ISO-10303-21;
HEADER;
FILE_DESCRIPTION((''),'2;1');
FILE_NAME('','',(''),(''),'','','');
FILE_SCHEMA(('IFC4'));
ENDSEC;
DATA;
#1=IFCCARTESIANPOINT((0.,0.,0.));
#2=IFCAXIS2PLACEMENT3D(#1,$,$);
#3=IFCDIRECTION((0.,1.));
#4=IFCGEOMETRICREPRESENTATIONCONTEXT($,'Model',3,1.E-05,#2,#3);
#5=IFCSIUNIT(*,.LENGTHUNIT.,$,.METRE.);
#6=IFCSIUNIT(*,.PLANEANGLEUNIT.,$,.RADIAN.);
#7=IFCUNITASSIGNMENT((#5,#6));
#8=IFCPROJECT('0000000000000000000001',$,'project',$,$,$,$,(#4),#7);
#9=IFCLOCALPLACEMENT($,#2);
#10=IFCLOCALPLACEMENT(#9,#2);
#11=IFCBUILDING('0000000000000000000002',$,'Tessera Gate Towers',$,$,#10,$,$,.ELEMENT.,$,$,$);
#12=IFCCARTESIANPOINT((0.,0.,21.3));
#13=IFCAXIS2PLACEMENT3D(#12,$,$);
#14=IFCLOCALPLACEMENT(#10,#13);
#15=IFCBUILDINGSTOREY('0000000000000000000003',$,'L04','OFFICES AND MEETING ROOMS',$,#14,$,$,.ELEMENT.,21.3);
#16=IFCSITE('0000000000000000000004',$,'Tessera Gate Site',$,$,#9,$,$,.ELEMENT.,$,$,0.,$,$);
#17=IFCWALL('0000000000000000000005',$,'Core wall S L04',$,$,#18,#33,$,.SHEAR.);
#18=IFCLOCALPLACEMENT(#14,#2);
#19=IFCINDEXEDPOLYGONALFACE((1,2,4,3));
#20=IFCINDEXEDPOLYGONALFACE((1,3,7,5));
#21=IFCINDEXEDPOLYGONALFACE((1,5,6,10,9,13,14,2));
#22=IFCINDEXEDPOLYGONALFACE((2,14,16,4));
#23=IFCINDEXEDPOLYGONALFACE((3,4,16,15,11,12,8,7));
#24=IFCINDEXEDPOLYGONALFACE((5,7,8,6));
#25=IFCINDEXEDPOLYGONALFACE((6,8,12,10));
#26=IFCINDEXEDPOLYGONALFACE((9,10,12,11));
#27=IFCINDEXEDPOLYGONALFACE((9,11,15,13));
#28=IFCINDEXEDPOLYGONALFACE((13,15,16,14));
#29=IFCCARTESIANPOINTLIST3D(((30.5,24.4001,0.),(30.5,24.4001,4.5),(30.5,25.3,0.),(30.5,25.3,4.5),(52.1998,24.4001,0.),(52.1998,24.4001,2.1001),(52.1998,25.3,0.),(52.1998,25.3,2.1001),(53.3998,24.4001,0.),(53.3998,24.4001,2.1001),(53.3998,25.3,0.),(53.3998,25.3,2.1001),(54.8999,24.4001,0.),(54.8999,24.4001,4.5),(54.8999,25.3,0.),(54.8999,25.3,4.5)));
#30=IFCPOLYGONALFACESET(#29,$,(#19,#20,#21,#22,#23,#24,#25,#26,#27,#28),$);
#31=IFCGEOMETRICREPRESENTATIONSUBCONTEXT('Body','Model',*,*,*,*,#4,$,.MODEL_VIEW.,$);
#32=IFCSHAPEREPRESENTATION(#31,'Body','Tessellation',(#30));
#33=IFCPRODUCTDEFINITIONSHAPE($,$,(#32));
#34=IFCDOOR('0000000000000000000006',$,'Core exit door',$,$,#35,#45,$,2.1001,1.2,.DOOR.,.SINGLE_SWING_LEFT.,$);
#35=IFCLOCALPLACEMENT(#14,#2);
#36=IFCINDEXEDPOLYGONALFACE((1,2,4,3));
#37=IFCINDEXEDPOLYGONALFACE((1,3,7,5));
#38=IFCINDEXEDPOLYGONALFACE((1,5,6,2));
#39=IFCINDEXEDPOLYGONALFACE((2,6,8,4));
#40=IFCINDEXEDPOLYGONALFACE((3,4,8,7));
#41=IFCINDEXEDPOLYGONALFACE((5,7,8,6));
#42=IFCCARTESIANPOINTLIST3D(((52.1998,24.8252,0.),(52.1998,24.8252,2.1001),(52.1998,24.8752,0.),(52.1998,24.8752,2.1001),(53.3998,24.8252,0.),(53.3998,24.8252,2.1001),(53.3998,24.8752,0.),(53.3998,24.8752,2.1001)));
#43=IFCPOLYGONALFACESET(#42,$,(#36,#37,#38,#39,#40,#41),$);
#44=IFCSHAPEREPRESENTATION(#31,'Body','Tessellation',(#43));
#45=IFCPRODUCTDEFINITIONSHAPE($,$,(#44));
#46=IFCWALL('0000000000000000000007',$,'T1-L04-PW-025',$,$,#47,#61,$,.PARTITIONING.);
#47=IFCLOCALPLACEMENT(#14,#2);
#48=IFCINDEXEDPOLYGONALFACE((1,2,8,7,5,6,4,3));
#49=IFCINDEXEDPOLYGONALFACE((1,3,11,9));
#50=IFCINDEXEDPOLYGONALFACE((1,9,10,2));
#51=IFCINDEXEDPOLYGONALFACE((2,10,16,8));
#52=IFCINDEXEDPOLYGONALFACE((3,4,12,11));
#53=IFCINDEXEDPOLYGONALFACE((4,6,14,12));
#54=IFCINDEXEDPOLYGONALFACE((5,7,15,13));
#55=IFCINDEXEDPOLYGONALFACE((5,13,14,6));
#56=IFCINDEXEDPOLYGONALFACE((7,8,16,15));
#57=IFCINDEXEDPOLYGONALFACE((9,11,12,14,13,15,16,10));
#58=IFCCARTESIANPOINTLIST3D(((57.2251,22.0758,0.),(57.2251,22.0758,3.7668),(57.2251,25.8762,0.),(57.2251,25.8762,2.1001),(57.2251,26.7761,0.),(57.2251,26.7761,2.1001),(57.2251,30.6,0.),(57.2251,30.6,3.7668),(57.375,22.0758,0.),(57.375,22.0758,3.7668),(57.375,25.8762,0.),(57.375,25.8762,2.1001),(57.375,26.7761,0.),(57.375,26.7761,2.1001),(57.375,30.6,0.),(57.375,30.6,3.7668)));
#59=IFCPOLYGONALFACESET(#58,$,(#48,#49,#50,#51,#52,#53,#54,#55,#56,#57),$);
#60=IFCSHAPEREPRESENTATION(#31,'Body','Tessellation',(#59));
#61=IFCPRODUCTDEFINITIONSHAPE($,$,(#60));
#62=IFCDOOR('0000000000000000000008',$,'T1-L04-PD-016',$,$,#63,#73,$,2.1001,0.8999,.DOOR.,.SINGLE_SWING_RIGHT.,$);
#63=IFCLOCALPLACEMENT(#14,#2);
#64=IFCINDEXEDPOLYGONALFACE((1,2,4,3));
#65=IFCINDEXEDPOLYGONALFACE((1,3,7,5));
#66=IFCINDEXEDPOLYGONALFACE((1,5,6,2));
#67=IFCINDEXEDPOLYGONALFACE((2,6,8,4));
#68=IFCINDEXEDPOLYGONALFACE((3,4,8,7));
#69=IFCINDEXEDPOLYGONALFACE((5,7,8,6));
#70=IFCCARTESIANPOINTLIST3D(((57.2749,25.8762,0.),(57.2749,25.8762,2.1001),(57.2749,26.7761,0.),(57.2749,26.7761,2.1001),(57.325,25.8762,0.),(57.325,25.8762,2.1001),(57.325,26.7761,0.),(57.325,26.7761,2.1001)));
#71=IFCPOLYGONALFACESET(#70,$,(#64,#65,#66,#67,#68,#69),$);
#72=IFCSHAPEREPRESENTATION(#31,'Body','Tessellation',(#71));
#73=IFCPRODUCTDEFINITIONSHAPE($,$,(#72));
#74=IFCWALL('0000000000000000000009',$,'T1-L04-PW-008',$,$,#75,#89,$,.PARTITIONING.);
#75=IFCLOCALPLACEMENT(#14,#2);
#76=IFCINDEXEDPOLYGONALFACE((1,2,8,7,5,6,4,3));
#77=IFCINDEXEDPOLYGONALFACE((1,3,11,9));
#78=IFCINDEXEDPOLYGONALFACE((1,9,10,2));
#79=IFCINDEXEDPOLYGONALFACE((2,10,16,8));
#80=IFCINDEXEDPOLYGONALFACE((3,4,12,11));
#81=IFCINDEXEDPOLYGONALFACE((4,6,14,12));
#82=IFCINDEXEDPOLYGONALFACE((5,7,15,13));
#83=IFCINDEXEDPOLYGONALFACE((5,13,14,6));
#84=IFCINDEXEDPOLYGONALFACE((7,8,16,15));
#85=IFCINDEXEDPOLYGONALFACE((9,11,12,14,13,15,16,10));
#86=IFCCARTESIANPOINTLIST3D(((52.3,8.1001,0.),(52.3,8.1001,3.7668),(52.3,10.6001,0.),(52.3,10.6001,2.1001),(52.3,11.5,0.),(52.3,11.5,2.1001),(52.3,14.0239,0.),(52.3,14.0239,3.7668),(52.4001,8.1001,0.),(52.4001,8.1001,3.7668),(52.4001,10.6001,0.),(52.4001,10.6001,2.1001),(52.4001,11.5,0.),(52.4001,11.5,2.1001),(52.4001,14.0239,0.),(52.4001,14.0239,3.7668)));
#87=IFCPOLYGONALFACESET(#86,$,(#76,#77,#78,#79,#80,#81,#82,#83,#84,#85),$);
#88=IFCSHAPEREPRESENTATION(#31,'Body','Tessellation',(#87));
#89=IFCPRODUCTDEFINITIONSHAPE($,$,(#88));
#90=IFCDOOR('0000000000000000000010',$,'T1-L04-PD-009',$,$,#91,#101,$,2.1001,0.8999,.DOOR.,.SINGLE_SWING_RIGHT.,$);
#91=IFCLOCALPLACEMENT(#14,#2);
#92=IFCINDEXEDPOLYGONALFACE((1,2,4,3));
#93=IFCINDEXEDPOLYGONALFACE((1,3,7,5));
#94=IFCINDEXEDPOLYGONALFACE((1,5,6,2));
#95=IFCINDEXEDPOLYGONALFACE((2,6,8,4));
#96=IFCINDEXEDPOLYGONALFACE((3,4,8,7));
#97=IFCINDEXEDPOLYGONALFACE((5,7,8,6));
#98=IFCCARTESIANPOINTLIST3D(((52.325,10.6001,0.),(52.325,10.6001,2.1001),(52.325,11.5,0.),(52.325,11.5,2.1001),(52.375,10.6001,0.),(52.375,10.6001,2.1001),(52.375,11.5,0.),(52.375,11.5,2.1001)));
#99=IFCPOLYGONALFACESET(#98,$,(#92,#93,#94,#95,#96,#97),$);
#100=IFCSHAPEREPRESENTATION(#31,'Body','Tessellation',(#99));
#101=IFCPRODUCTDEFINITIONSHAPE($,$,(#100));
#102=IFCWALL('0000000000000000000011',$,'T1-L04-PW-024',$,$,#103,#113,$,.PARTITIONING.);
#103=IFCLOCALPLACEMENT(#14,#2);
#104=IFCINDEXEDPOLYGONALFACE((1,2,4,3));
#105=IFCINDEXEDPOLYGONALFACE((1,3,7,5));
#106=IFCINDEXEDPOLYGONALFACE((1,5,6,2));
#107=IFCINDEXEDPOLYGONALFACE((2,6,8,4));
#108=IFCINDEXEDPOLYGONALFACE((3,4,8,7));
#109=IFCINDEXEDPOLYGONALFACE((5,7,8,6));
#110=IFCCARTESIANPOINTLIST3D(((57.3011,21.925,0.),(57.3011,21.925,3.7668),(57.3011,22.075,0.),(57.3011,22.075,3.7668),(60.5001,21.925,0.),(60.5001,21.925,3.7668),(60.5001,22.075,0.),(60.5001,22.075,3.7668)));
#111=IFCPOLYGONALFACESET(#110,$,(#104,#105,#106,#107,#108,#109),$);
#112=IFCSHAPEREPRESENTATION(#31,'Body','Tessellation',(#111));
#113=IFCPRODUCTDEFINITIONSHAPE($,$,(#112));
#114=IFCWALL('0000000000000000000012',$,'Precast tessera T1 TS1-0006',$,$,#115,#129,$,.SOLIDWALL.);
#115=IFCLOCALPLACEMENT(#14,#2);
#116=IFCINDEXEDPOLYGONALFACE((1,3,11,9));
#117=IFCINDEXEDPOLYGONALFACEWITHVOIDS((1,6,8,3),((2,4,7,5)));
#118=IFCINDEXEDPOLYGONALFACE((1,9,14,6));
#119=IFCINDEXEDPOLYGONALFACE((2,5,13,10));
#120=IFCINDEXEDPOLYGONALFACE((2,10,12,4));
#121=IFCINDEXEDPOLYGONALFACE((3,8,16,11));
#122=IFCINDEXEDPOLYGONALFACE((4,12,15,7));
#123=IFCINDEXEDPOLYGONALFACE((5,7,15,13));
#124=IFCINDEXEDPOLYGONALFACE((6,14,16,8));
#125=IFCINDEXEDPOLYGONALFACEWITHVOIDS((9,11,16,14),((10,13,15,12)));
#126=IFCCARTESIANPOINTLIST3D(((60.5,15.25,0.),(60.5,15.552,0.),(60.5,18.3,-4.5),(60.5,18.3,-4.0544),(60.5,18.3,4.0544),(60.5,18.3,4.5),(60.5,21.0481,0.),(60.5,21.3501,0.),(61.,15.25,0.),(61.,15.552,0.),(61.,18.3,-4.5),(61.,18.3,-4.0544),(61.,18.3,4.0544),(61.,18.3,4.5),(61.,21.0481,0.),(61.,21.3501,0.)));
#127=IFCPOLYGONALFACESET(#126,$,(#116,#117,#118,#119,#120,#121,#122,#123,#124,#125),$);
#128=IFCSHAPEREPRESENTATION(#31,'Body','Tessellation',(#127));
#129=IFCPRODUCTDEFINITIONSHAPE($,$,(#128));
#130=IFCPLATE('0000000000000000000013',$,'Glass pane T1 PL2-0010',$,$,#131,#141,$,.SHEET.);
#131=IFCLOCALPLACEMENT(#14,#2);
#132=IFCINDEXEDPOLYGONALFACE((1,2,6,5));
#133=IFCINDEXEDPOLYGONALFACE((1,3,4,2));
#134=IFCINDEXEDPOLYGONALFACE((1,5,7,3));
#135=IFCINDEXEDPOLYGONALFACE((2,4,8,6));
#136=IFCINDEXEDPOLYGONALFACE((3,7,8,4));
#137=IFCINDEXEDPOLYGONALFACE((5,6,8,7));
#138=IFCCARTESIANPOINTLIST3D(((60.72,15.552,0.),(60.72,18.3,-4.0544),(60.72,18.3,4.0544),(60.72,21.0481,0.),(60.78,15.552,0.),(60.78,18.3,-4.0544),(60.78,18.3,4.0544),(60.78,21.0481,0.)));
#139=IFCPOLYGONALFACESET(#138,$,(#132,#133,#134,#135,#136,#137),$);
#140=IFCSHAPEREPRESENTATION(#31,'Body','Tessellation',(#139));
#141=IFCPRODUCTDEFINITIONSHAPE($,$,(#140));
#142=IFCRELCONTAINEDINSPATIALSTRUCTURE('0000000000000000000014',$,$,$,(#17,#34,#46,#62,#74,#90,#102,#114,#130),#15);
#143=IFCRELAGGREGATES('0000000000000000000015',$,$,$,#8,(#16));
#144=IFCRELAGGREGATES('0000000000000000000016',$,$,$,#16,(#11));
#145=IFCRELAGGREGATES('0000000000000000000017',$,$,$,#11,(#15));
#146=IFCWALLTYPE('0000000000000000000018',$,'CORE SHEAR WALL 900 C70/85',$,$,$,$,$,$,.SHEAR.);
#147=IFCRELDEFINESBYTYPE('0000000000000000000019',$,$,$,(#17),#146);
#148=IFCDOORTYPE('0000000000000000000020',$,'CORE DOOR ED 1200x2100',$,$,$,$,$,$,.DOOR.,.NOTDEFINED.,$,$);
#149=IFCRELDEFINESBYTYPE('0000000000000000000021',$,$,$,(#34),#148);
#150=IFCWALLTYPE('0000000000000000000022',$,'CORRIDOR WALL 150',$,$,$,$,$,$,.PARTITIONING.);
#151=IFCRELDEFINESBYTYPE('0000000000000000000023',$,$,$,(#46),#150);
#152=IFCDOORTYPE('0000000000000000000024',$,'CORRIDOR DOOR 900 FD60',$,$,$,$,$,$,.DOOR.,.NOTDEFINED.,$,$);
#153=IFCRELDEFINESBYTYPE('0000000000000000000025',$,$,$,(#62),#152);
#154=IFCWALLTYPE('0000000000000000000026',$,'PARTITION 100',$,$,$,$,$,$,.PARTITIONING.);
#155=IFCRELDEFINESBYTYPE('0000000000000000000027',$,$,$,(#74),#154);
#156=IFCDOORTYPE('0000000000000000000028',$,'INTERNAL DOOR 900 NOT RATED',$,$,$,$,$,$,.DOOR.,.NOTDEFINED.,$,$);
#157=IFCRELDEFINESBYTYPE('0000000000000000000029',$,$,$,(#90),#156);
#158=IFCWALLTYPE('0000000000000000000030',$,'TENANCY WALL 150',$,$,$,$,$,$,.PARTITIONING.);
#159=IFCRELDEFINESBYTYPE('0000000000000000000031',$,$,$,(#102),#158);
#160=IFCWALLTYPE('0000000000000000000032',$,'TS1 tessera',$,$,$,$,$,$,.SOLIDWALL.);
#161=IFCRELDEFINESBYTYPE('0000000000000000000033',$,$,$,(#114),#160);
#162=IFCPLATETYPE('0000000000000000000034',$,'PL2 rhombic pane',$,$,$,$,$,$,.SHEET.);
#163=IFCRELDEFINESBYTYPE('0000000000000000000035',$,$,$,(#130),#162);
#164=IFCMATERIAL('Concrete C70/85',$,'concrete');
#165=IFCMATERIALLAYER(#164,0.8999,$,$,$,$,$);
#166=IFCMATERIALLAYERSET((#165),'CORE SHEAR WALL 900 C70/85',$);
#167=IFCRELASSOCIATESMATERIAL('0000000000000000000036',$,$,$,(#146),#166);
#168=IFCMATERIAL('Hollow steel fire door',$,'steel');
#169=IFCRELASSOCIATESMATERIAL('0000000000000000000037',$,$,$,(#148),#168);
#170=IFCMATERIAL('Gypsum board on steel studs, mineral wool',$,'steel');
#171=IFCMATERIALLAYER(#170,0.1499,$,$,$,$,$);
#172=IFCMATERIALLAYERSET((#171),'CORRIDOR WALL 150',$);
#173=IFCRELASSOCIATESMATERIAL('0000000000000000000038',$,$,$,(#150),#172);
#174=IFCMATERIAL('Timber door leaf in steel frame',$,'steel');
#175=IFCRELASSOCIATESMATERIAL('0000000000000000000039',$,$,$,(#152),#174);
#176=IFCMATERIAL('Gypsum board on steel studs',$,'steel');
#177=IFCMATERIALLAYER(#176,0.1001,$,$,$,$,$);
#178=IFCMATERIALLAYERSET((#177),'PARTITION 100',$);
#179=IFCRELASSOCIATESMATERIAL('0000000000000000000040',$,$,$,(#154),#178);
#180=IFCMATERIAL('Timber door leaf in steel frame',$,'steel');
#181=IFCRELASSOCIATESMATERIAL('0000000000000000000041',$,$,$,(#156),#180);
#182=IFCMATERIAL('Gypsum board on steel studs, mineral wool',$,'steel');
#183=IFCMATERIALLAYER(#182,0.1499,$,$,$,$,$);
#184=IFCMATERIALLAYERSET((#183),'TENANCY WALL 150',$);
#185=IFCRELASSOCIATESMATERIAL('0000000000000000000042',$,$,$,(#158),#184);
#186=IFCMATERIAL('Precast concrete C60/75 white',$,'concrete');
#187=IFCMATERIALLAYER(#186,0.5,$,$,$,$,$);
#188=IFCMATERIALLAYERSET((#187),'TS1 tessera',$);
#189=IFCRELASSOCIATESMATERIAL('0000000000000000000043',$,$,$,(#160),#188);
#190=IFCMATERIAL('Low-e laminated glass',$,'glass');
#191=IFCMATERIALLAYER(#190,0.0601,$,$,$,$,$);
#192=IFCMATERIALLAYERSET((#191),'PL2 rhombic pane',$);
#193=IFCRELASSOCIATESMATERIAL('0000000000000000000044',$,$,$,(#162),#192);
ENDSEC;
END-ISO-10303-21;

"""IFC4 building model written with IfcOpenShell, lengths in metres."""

from ifc_helpers import new_model, si_unit, direction, frame, frame_2d, origin, place, context, subcontext, project, spatial, polyline, rectangle, outline, extrude, source, transform, mapped, material, layer, layer_set, type_object, element, fill, save


model = new_model("IFC4")

# Units and contexts
model_context = context("Model", 3, precision=1e-05, world=origin(), true_north=direction((0.0, 1.0)))
body_context = subcontext(model_context, "Body", "Model", "MODEL_VIEW")
ifc_project = project(units=[si_unit("LENGTHUNIT", "METRE"), si_unit("PLANEANGLEUNIT", "RADIAN")], contexts=[model_context])

# Site, building, storey
site_placement = place(None, origin())
site = spatial("IfcSite", under=ifc_project, at=site_placement, Name="Tessera Gate Site", CompositionType="ELEMENT", RefElevation=0.0)
building_placement = place(site_placement, origin())
building = spatial("IfcBuilding", under=site, at=building_placement, Name="Tessera Gate Towers", CompositionType="ELEMENT")
storey_placement = place(building_placement, frame((0.0, 0.0, 21.3)))
storey = spatial("IfcBuildingStorey", under=building, at=storey_placement, Name="L04", Description="OFFICES AND MEETING ROOMS", CompositionType="ELEMENT", Elevation=21.3)

# Shared definitions
shared_shape_1 = source(origin(), body_context, "Body", "SweptSolid", [
    extrude(rectangle(XDim=1.2, YDim=2.1001, at=frame_2d((0.6001, 1.05))), frame((0.0, 0.0249, 0.0), z_axis=(0.0, -1.0, 0.0), x_axis=(1.0, 0.0, 0.0)), (0.0, 0.0, 1.0), 0.05),
])

# Walls, openings, doors
ifc_material_1 = material(Name="Concrete C70/85", Category="concrete")
ifc_layer_1 = layer(ifc_material_1, 0.8999)
ifc_layer_set_1 = layer_set([ifc_layer_1], Name="CORE SHEAR WALL 900 C70/85")
wall_type_1 = type_object("IfcWallType", Name="CORE SHEAR WALL 900 C70/85", PredefinedType="SHEAR", material=ifc_layer_set_1)
wall_1_placement = place(storey_placement, frame((54.8999, 24.8501, 0.0), z_axis=(0.0, 0.0, 1.0), x_axis=(-1.0, 0.0, 0.0)))
wall_1 = element("IfcWall", 1, at=wall_1_placement, inside=storey, type_object=wall_type_1, Name="Core wall S L04", PredefinedType="SHEAR", context=body_context, shape_type="SweptSolid", body=[
    extrude(rectangle(XDim=24.3999, YDim=0.8999, at=frame_2d((12.2, 0.0))), origin(), (0.0, 0.0, 1.0), 4.5),
])
shared_shape_2 = source(origin(), body_context, "Body", "SweptSolid", [
    extrude(rectangle(XDim=1.2, YDim=2.1001, at=frame_2d((0.6001, 1.05))), frame((0.0, 0.46, 0.0), z_axis=(0.0, -1.0, 0.0), x_axis=(1.0, 0.0, 0.0)), (0.0, 0.0, 1.0), 0.9199),
])
opening_1_placement = place(wall_1_placement, frame((1.5, 0.0, 0.0)))
opening_1 = element("IfcOpeningElement", 2, at=opening_1_placement, cuts=wall_1, PredefinedType="OPENING", context=body_context, shape_type="MappedRepresentation", body=[
    mapped(shared_shape_2, transform((0.0, 0.0, 0.0), scale=1.0)),
])
ifc_material_2 = material(Name="Hollow steel fire door", Category="steel")
door_type_1 = type_object("IfcDoorType", Name="CORE DOOR ED 1200x2100", OperationType="NOTDEFINED", PredefinedType="DOOR", material=ifc_material_2)
door_1_placement = place(opening_1_placement, origin())
door_1 = element("IfcDoor", 3, at=door_1_placement, inside=storey, type_object=door_type_1, Name="Core exit door", OperationType="SINGLE_SWING_LEFT", OverallHeight=2.1001, OverallWidth=1.2, PredefinedType="DOOR", context=body_context, shape_type="MappedRepresentation", body=[
    mapped(shared_shape_1, transform((0.0, 0.0, 0.0), scale=1.0)),
])
fill(opening_1, door_1)
ifc_material_3 = material(Name="Gypsum board on steel studs, mineral wool", Category="steel")
ifc_layer_2 = layer(ifc_material_3, 0.1499)
ifc_layer_set_2 = layer_set([ifc_layer_2], Name="CORRIDOR WALL 150")
wall_type_2 = type_object("IfcWallType", Name="CORRIDOR WALL 150", PredefinedType="PARTITIONING", material=ifc_layer_set_2)
wall_2_placement = place(storey_placement, frame((57.3, 30.6001, 0.0), z_axis=(0.0, 0.0, 1.0), x_axis=(0.0, -1.0, 0.0)))
wall_2 = element("IfcWall", 4, at=wall_2_placement, inside=storey, type_object=wall_type_2, Name="T1-L04-PW-025", PredefinedType="PARTITIONING", context=body_context, shape_type="SweptSolid", body=[
    extrude(rectangle(XDim=8.5242, YDim=0.1499, at=frame_2d((4.2622, 0.0))), origin(), (0.0, 0.0, 1.0), 3.7668),
])
shared_shape_3 = source(origin(), body_context, "Body", "SweptSolid", [
    extrude(rectangle(XDim=0.8999, YDim=2.1001, at=frame_2d((0.45, 1.05))), frame((0.0, 0.085, 0.0), z_axis=(0.0, -1.0, 0.0), x_axis=(1.0, 0.0, 0.0)), (0.0, 0.0, 1.0), 0.1699),
])
opening_2_placement = place(wall_2_placement, frame((3.824, 0.0, 0.0)))
opening_2 = element("IfcOpeningElement", 5, at=opening_2_placement, cuts=wall_2, PredefinedType="OPENING", context=body_context, shape_type="MappedRepresentation", body=[
    mapped(shared_shape_3, transform((0.0, 0.0, 0.0), scale=1.0)),
])
ifc_material_4 = material(Name="Timber door leaf in steel frame", Category="steel")
door_type_2 = type_object("IfcDoorType", Name="CORRIDOR DOOR 900 FD60", OperationType="NOTDEFINED", PredefinedType="DOOR", material=ifc_material_4)
shared_shape_4 = source(origin(), body_context, "Body", "SweptSolid", [
    extrude(rectangle(XDim=0.8999, YDim=2.1001, at=frame_2d((0.45, 1.05))), frame((0.0, 0.0249, 0.0), z_axis=(0.0, -1.0, 0.0), x_axis=(1.0, 0.0, 0.0)), (0.0, 0.0, 1.0), 0.05),
])
door_2_placement = place(opening_2_placement, origin())
door_2 = element("IfcDoor", 6, at=door_2_placement, inside=storey, type_object=door_type_2, Name="T1-L04-PD-016", OperationType="SINGLE_SWING_RIGHT", OverallHeight=2.1001, OverallWidth=0.8999, PredefinedType="DOOR", context=body_context, shape_type="MappedRepresentation", body=[
    mapped(shared_shape_4, transform((0.0, 0.0, 0.0), scale=1.0)),
])
fill(opening_2, door_2)
ifc_material_5 = material(Name="Gypsum board on steel studs", Category="steel")
ifc_layer_3 = layer(ifc_material_5, 0.1001)
ifc_layer_set_3 = layer_set([ifc_layer_3], Name="PARTITION 100")
wall_type_3 = type_object("IfcWallType", Name="PARTITION 100", PredefinedType="PARTITIONING", material=ifc_layer_set_3)
wall_3_placement = place(storey_placement, frame((52.3501, 14.0239, 0.0), z_axis=(0.0, 0.0, 1.0), x_axis=(0.0, -1.0, 0.0)))
wall_3 = element("IfcWall", 7, at=wall_3_placement, inside=storey, type_object=wall_type_3, Name="T1-L04-PW-008", PredefinedType="PARTITIONING", context=body_context, shape_type="SweptSolid", body=[
    extrude(rectangle(XDim=5.9238, YDim=0.1001, at=frame_2d((2.9619, 0.0))), origin(), (0.0, 0.0, 1.0), 3.7668),
])
shared_shape_5 = source(origin(), body_context, "Body", "SweptSolid", [
    extrude(rectangle(XDim=0.8999, YDim=2.1001, at=frame_2d((0.45, 1.05))), frame((0.0, 0.0601, 0.0), z_axis=(0.0, -1.0, 0.0), x_axis=(1.0, 0.0, 0.0)), (0.0, 0.0, 1.0), 0.1201),
])
opening_3_placement = place(wall_3_placement, frame((2.5239, 0.0, 0.0)))
opening_3 = element("IfcOpeningElement", 8, at=opening_3_placement, cuts=wall_3, PredefinedType="OPENING", context=body_context, shape_type="MappedRepresentation", body=[
    mapped(shared_shape_5, transform((0.0, 0.0, 0.0), scale=1.0)),
])
ifc_material_6 = material(Name="Timber door leaf in steel frame", Category="steel")
door_type_3 = type_object("IfcDoorType", Name="INTERNAL DOOR 900 NOT RATED", OperationType="NOTDEFINED", PredefinedType="DOOR", material=ifc_material_6)
door_3_placement = place(opening_3_placement, origin())
door_3 = element("IfcDoor", 9, at=door_3_placement, inside=storey, type_object=door_type_3, Name="T1-L04-PD-009", OperationType="SINGLE_SWING_RIGHT", OverallHeight=2.1001, OverallWidth=0.8999, PredefinedType="DOOR", context=body_context, shape_type="MappedRepresentation", body=[
    mapped(shared_shape_4, transform((0.0, 0.0, 0.0), scale=1.0)),
])
fill(opening_3, door_3)

# Wall
ifc_material_7 = material(Name="Gypsum board on steel studs, mineral wool", Category="steel")
ifc_layer_4 = layer(ifc_material_7, 0.1499)
ifc_layer_set_4 = layer_set([ifc_layer_4], Name="TENANCY WALL 150")
wall_type_4 = type_object("IfcWallType", Name="TENANCY WALL 150", PredefinedType="PARTITIONING", material=ifc_layer_set_4)
wall_4_placement = place(storey_placement, frame((57.301, 22.0, 0.0), z_axis=(0.0, 0.0, 1.0), x_axis=(1.0, 0.0, 0.0)))
element("IfcWall", 10, at=wall_4_placement, inside=storey, type_object=wall_type_4, Name="T1-L04-PW-024", PredefinedType="PARTITIONING", context=body_context, shape_type="SweptSolid", body=[
    extrude(rectangle(XDim=3.199, YDim=0.1499, at=frame_2d((1.5996, 0.0))), origin(), (0.0, 0.0, 1.0), 3.7668),
])

# Wall, opening, plate
ifc_material_8 = material(Name="Precast concrete C60/75 white", Category="concrete")
ifc_layer_5 = layer(ifc_material_8, 0.5)
ifc_layer_set_5 = layer_set([ifc_layer_5], Name="TS1 tessera")
wall_type_5 = type_object("IfcWallType", Name="TS1 tessera", PredefinedType="SOLIDWALL", material=ifc_layer_set_5)
shared_shape_6 = source(origin(), body_context, "Body", "SweptSolid", [
    extrude(outline(polyline([(3.05, 0.0), (6.1001, 4.5), (3.05, 9.0), (0.0, 4.5), (3.05, 0.0)])), frame((0.0, 0.25, 0.0), z_axis=(0.0, -1.0, 0.0), x_axis=(1.0, 0.0, 0.0)), (0.0, 0.0, 1.0), 0.5),
])
wall_5_placement = place(storey_placement, frame((60.75, 15.25, -4.5), z_axis=(0.0, 0.0, 1.0), x_axis=(0.0, 1.0, 0.0)))
wall_5 = element("IfcWall", 11, at=wall_5_placement, inside=storey, type_object=wall_type_5, Name="Precast tessera T1 TS1-0006", PredefinedType="SOLIDWALL", context=body_context, shape_type="MappedRepresentation", body=[
    mapped(shared_shape_6, transform((0.0, 0.0, 0.0), scale=1.0)),
])
shared_shape_7 = source(origin(), body_context, "Body", "SweptSolid", [
    extrude(outline(polyline([(3.05, 0.4456), (5.7981, 4.5), (3.05, 8.5544), (0.302, 4.5), (3.05, 0.4456)])), frame((0.0, 0.26, 0.0), z_axis=(0.0, -1.0, 0.0), x_axis=(1.0, 0.0, 0.0)), (0.0, 0.0, 1.0), 0.52),
])
opening_4_placement = place(wall_5_placement, origin())
opening_4 = element("IfcOpeningElement", 12, at=opening_4_placement, cuts=wall_5, PredefinedType="OPENING", context=body_context, shape_type="MappedRepresentation", body=[
    mapped(shared_shape_7, transform((0.0, 0.0, 0.0), scale=1.0)),
])
ifc_material_9 = material(Name="Low-e laminated glass", Category="glass")
ifc_layer_6 = layer(ifc_material_9, 0.0601)
ifc_layer_set_6 = layer_set([ifc_layer_6], Name="PL2 rhombic pane")
plate_type_1 = type_object("IfcPlateType", Name="PL2 rhombic pane", PredefinedType="SHEET", material=ifc_layer_set_6)
shared_shape_8 = source(origin(), body_context, "Body", "SweptSolid", [
    extrude(outline(polyline([(3.05, 0.4456), (5.7981, 4.5), (3.05, 8.5544), (0.302, 4.5), (3.05, 0.4456)])), frame((0.0, 0.03, 0.0), z_axis=(0.0, -1.0, 0.0), x_axis=(1.0, 0.0, 0.0)), (0.0, 0.0, 1.0), 0.0601),
])
plate_1_placement = place(opening_4_placement, origin())
plate_1 = element("IfcPlate", 13, at=plate_1_placement, inside=storey, type_object=plate_type_1, Name="Glass pane T1 PL2-0010", PredefinedType="SHEET", context=body_context, shape_type="MappedRepresentation", body=[
    mapped(shared_shape_8, transform((0.0, 0.0, 0.0), scale=1.0)),
])
fill(opening_4, plate_1)

save(model, "model.ifc")
